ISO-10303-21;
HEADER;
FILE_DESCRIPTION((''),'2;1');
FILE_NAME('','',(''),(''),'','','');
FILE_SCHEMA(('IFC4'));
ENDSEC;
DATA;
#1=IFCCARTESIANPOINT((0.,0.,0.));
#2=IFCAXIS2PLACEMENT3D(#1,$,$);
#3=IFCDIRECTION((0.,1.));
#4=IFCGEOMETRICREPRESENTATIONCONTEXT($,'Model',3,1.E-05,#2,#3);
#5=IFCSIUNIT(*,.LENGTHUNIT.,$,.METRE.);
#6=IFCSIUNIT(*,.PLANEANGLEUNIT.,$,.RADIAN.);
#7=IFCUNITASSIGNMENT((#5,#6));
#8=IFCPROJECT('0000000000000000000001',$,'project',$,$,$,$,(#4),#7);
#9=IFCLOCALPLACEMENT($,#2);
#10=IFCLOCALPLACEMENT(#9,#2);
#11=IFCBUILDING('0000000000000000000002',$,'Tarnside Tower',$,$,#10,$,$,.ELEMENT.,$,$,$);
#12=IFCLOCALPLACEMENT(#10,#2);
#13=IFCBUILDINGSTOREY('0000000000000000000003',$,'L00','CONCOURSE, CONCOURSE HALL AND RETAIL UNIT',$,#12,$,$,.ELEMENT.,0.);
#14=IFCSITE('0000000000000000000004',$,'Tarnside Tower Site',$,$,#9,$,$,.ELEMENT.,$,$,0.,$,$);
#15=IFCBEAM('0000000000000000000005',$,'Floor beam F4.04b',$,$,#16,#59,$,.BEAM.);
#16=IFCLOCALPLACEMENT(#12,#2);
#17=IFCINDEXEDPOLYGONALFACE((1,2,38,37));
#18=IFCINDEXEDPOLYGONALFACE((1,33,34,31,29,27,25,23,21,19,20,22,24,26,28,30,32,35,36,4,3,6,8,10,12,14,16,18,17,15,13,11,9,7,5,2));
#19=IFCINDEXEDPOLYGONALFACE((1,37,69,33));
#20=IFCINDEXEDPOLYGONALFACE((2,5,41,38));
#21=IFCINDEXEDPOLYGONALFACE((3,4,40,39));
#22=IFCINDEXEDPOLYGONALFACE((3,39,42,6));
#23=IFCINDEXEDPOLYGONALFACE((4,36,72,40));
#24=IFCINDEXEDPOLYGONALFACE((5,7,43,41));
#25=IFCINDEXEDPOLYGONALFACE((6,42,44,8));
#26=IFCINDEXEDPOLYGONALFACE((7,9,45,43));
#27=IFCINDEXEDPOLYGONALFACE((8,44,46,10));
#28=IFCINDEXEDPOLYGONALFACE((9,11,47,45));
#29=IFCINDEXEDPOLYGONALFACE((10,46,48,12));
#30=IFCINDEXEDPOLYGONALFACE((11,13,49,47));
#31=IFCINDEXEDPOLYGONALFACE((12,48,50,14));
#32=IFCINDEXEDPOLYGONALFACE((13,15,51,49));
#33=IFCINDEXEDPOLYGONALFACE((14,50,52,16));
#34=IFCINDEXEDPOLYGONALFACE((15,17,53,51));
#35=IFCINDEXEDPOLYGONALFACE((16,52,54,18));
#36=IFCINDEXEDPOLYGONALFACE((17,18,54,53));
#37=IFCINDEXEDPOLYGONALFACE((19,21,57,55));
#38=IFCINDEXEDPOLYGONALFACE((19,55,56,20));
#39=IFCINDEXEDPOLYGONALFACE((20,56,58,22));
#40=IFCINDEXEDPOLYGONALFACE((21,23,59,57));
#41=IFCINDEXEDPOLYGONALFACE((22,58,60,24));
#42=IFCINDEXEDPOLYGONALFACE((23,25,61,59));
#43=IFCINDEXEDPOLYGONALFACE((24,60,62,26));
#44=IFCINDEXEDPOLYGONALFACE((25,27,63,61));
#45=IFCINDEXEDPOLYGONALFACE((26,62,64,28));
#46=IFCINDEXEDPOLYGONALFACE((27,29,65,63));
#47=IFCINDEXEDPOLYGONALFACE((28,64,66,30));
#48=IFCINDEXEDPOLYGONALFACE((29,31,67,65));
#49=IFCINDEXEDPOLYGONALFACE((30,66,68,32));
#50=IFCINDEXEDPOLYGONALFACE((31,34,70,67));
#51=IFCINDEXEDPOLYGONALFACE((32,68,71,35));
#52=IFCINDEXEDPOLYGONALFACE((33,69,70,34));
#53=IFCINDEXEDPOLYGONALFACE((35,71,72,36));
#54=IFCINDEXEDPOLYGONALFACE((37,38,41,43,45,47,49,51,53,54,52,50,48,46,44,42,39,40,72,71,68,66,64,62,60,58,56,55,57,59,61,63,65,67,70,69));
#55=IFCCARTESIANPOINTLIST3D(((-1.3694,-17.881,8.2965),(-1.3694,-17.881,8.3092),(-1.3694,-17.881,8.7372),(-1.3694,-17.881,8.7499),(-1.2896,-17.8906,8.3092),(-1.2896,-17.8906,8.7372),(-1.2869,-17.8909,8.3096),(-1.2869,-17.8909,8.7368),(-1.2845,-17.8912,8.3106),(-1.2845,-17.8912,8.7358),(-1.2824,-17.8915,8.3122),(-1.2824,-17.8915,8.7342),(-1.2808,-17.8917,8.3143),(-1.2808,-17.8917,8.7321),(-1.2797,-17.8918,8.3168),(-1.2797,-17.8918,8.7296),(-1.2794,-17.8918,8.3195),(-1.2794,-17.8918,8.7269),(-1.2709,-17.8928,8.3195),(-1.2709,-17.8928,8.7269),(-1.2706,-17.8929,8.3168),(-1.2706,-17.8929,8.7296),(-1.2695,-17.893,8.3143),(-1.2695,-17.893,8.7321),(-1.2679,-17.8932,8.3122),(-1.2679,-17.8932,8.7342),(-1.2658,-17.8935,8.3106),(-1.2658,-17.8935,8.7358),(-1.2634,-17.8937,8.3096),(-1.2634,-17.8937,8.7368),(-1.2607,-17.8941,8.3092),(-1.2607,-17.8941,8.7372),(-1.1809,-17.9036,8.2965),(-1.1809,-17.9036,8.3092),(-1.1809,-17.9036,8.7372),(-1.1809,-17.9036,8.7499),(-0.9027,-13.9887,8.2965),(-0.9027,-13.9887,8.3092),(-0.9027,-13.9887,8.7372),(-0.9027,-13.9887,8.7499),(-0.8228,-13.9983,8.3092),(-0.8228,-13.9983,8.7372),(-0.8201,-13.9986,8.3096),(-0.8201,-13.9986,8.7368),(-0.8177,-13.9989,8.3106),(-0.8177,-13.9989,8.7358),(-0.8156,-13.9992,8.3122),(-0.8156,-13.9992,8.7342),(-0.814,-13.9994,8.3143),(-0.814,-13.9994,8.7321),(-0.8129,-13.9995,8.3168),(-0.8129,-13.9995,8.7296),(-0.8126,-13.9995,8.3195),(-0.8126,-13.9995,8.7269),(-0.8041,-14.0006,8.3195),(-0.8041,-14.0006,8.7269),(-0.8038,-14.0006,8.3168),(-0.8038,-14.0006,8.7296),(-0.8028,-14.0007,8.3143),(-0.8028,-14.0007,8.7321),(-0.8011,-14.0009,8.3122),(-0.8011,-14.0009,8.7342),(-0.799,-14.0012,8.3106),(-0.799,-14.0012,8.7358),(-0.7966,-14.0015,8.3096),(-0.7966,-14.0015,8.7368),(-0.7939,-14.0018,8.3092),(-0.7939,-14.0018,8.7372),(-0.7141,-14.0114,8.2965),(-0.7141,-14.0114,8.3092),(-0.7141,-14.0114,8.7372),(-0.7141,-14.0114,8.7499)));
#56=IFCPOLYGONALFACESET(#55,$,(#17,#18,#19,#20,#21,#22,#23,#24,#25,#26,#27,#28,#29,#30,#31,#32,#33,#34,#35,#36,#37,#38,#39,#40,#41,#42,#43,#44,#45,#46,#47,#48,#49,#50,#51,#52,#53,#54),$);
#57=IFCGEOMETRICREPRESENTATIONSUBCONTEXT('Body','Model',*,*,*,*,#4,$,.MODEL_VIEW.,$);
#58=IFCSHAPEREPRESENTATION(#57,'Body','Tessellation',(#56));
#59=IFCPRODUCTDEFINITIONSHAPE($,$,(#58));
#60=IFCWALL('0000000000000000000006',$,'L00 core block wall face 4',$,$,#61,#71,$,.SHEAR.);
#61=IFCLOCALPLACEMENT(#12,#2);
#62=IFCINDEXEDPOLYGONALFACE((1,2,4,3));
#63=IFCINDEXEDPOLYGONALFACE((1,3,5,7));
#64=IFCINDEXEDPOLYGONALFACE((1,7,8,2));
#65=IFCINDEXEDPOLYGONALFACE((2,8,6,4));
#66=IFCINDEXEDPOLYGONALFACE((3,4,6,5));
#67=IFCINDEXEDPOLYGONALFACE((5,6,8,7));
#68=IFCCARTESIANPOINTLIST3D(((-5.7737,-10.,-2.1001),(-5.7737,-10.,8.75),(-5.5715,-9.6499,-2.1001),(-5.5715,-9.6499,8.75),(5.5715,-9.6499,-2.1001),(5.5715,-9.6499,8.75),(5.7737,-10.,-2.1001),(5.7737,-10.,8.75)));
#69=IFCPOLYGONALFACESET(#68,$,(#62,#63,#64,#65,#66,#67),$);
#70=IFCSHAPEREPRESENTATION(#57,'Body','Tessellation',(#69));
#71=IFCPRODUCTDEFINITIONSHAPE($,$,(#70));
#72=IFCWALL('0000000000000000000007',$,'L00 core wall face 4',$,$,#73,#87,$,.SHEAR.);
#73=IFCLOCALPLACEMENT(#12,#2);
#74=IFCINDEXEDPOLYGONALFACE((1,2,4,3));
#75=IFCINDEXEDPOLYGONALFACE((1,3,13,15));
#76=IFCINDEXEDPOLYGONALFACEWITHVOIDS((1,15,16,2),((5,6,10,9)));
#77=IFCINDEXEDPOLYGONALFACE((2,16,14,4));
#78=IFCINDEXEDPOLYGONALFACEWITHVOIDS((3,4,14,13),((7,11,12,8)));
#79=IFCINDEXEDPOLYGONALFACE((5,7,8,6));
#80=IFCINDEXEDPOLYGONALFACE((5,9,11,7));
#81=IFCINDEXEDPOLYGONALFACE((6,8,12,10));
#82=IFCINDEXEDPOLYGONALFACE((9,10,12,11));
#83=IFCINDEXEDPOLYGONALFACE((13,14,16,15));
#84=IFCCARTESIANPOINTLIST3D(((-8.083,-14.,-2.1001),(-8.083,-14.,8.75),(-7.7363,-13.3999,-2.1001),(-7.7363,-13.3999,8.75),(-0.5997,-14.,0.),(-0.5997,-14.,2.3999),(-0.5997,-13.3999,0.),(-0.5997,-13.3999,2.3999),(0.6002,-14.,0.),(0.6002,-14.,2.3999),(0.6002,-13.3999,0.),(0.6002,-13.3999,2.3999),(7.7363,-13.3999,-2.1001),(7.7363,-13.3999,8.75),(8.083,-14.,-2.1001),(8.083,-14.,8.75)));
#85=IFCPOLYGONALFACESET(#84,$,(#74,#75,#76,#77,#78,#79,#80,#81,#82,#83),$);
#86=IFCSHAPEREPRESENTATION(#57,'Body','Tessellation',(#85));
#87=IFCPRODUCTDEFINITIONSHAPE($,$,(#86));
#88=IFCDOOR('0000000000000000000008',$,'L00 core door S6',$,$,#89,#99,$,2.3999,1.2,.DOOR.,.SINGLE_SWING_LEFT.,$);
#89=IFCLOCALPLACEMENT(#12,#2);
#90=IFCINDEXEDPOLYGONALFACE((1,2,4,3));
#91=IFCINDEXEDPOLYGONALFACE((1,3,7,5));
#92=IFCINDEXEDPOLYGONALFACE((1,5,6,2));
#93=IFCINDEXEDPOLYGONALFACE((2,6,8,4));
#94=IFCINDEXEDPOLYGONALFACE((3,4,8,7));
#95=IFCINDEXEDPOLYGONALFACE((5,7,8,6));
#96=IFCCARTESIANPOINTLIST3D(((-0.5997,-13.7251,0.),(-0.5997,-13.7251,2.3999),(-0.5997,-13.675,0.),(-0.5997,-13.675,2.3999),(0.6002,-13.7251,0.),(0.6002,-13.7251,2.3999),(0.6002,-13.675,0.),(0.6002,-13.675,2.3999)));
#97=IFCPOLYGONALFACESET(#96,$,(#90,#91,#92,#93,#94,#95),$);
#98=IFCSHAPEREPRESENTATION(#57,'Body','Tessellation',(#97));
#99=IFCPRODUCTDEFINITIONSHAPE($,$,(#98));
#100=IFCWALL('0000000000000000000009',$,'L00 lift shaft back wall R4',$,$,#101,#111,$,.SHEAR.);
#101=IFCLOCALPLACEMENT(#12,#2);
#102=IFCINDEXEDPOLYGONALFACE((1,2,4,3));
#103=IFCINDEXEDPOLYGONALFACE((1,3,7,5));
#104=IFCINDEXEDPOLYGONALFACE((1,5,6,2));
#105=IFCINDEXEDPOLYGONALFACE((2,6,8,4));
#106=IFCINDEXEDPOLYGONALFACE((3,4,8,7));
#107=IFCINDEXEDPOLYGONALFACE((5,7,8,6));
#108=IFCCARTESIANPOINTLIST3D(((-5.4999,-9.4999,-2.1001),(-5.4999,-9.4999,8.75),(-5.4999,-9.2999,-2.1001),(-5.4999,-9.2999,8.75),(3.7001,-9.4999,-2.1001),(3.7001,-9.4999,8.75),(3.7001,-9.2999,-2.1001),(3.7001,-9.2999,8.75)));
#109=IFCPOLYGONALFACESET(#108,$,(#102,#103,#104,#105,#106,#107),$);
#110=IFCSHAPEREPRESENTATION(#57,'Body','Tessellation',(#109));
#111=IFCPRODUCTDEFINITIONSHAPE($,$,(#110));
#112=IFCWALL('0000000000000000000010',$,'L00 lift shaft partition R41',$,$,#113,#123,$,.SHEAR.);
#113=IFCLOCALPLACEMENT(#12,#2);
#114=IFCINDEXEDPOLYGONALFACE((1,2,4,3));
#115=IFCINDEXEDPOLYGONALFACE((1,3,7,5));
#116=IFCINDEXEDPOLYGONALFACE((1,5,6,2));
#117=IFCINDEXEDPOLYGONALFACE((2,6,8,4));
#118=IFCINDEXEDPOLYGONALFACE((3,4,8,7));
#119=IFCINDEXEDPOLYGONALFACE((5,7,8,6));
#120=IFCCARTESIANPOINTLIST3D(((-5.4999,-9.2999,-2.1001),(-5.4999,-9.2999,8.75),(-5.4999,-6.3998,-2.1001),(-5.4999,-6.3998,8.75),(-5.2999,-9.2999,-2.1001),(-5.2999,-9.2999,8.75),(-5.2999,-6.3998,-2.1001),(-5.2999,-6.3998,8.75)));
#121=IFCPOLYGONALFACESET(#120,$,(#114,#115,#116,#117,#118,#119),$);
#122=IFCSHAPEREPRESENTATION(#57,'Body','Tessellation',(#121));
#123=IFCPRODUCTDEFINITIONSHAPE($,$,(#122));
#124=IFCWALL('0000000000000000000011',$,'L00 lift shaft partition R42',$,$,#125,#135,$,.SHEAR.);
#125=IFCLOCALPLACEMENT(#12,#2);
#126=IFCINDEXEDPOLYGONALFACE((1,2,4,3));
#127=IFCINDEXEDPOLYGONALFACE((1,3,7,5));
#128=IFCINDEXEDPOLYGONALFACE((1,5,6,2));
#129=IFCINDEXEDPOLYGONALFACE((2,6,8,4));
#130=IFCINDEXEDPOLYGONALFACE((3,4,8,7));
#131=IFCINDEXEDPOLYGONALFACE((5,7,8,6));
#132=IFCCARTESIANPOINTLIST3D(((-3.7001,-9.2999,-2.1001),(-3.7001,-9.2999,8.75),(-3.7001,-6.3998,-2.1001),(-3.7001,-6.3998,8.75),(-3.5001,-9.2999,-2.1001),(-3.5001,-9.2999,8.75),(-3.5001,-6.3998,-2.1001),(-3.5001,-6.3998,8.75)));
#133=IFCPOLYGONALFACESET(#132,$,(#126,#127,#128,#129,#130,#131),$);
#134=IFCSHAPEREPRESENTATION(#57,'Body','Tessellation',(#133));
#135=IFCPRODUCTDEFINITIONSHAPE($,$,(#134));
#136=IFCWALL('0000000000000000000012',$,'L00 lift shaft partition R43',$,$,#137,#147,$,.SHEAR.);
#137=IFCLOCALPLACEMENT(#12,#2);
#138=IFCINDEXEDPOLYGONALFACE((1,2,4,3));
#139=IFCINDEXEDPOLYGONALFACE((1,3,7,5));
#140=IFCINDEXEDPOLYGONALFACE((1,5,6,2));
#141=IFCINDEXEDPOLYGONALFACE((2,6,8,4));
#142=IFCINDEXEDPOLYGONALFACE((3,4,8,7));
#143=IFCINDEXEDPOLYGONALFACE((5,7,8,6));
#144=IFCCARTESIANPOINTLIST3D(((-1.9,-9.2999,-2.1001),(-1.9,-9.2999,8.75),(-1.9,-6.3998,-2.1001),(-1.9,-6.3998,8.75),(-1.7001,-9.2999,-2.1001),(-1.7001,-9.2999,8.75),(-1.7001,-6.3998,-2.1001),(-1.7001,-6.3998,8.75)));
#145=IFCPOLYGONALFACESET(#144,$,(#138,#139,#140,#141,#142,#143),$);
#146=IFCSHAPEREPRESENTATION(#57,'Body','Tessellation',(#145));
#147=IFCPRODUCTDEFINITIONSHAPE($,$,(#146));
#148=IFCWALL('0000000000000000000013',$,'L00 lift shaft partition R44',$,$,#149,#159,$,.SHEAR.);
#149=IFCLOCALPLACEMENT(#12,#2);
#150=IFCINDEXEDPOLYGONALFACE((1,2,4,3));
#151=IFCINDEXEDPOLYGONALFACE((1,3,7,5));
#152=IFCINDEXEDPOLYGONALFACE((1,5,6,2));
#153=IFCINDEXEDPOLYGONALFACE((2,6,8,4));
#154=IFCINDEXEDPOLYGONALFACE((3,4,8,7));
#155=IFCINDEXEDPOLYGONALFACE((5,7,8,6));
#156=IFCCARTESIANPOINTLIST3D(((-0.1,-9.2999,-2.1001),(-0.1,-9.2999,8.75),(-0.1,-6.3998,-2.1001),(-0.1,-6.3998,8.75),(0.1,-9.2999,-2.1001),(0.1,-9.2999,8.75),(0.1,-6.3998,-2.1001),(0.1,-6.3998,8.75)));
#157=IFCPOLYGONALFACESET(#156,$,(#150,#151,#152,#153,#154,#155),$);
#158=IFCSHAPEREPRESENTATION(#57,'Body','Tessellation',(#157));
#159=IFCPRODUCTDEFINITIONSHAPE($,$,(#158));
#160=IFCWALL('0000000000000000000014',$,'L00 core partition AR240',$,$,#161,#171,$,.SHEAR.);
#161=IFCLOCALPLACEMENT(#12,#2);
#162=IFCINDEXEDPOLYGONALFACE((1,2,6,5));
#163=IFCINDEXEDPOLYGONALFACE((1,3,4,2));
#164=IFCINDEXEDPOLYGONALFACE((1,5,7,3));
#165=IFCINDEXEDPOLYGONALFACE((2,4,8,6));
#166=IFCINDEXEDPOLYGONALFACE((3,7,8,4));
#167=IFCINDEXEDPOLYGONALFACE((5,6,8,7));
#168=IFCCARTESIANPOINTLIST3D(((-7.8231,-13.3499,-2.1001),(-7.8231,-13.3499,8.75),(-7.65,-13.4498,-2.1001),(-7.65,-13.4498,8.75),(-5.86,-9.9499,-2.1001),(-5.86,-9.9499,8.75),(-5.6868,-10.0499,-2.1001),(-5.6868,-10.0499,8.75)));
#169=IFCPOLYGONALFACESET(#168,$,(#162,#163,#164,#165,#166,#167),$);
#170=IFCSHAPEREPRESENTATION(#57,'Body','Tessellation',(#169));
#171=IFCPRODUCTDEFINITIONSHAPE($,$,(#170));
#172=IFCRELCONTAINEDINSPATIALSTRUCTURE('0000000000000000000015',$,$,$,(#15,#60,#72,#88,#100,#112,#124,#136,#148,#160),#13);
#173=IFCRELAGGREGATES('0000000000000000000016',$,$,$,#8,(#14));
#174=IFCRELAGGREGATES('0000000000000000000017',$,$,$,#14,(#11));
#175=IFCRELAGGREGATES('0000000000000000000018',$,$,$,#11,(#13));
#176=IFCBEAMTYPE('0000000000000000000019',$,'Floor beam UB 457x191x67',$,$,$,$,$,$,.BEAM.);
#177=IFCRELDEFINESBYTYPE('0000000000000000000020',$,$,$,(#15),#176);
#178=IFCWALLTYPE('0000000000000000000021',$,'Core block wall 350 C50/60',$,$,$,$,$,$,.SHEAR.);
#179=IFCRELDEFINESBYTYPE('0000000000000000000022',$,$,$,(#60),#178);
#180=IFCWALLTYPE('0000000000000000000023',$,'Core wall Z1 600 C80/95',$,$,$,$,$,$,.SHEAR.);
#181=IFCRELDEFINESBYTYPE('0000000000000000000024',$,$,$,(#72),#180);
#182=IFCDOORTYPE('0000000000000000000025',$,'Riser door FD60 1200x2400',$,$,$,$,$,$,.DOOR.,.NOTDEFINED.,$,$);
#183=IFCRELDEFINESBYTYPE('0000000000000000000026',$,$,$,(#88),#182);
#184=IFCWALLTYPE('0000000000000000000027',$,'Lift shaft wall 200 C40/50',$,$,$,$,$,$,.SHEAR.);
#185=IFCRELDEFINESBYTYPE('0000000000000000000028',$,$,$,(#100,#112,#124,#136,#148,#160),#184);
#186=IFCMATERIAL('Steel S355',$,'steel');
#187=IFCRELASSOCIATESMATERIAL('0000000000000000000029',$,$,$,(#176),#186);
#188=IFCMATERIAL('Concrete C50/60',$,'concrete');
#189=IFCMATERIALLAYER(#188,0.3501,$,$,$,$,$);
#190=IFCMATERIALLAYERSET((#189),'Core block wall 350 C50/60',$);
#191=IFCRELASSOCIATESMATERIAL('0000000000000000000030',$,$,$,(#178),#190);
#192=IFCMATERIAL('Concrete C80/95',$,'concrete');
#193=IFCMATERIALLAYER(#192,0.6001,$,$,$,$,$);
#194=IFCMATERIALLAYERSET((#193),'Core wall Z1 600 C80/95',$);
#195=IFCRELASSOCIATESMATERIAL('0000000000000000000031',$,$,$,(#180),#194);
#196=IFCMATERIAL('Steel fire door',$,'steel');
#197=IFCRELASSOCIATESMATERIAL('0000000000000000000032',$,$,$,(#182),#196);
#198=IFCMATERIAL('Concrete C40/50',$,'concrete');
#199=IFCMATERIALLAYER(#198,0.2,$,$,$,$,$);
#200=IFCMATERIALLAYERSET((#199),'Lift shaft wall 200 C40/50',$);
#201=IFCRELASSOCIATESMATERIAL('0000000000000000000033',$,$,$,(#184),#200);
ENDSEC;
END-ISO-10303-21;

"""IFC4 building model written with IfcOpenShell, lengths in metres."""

from ifc_helpers import new_model, si_unit, direction, frame, frame_2d, origin, origin_2d, place, context, subcontext, project, spatial, polyline, rectangle, i_section, outline, extrude, material, layer, layer_set, material_profile, profile_set, type_object, element, fill, save


model = new_model("IFC4")

# Units and contexts
model_context = context("Model", 3, precision=1e-05, world=origin(), true_north=direction((0.0, 1.0)))
body_context = subcontext(model_context, "Body", "Model", "MODEL_VIEW")
ifc_project = project(units=[si_unit("LENGTHUNIT", "METRE"), si_unit("PLANEANGLEUNIT", "RADIAN")], contexts=[model_context])

# Site, building, storey
site_placement = place(None, origin())
site = spatial("IfcSite", under=ifc_project, at=site_placement, Name="Tarnside Tower Site", CompositionType="ELEMENT", RefElevation=0.0)
building_placement = place(site_placement, origin())
building = spatial("IfcBuilding", under=site, at=building_placement, Name="Tarnside Tower", CompositionType="ELEMENT")
storey_placement = place(building_placement, origin())
storey = spatial("IfcBuildingStorey", under=building, at=storey_placement, Name="L00", Description="CONCOURSE, CONCOURSE HALL AND RETAIL UNIT", CompositionType="ELEMENT", Elevation=0.0)

# Beam
ifc_material_1 = material(Name="Steel S355", Category="steel")
ifc_material_profile_1 = material_profile(ifc_material_1, i_section(OverallWidth=0.1899, OverallDepth=0.4534, WebThickness=0.0085, FlangeThickness=0.0127, FilletRadius=0.0103, at=origin_2d()), Name="UB 457x191x67")
ifc_profile_set_1 = profile_set([ifc_material_profile_1], Name="Steel S355")
beam_type = type_object("IfcBeamType", Name="Floor beam UB 457x191x67", PredefinedType="BEAM", material=ifc_profile_set_1)
beam_1_placement = place(storey_placement, frame((-1.2751, -17.8923, 8.5232), z_axis=(0.119074, 0.992885, 0.0), x_axis=(-0.992885, 0.119074, 0.0)))
element("IfcBeam", 1, at=beam_1_placement, inside=storey, type_object=beam_type, Name="Floor beam F4.04b", PredefinedType="BEAM", context=body_context, shape_type="SweptSolid", body=[
    extrude(i_section(OverallWidth=0.1899, OverallDepth=0.4534, WebThickness=0.0085, FlangeThickness=0.0127, FilletRadius=0.0103, at=origin_2d()), origin(), (0.0, 0.0, 1.0), 3.9202),
])

# Wall
ifc_material_2 = material(Name="Concrete C50/60", Category="concrete")
ifc_layer_1 = layer(ifc_material_2, 0.3501)
ifc_layer_set_1 = layer_set([ifc_layer_1], Name="Core block wall 350 C50/60")
wall_type_1 = type_object("IfcWallType", Name="Core block wall 350 C50/60", PredefinedType="SHEAR", material=ifc_layer_set_1)
wall_1_placement = place(storey_placement, frame((-5.6726, -9.825, -2.1001), z_axis=(0.0, 0.0, 1.0), x_axis=(1.0, 0.0, 0.0)))
element("IfcWall", 2, at=wall_1_placement, inside=storey, type_object=wall_type_1, Name="L00 core block wall face 4", PredefinedType="SHEAR", context=body_context, shape_type="SweptSolid", body=[
    extrude(outline(polyline([(-0.1011, -0.175), (11.4463, -0.175), (11.2441, 0.175), (0.1011, 0.175), (-0.1011, -0.175)])), origin(), (0.0, 0.0, 1.0), 10.8501),
])

# Wall, opening, door
ifc_material_3 = material(Name="Concrete C80/95", Category="concrete")
ifc_layer_2 = layer(ifc_material_3, 0.6001)
ifc_layer_set_2 = layer_set([ifc_layer_2], Name="Core wall Z1 600 C80/95")
wall_type_2 = type_object("IfcWallType", Name="Core wall Z1 600 C80/95", PredefinedType="SHEAR", material=ifc_layer_set_2)
wall_2_placement = place(storey_placement, frame((-7.9097, -13.7, -2.1001), z_axis=(0.0, 0.0, 1.0), x_axis=(1.0, 0.0, 0.0)))
wall_2 = element("IfcWall", 3, at=wall_2_placement, inside=storey, type_object=wall_type_2, Name="L00 core wall face 4", PredefinedType="SHEAR", context=body_context, shape_type="SweptSolid", body=[
    extrude(outline(polyline([(-0.1733, -0.3), (15.9927, -0.3), (15.646, 0.3), (0.1733, 0.3), (-0.1733, -0.3)])), origin(), (0.0, 0.0, 1.0), 10.8501),
])
opening_1_placement = place(wall_2_placement, frame((7.3098, 0.0, 2.1001)))
opening_1 = element("IfcOpeningElement", 4, at=opening_1_placement, cuts=wall_2, PredefinedType="OPENING", context=body_context, shape_type="SweptSolid", body=[
    extrude(rectangle(XDim=1.2, YDim=2.3999, at=frame_2d((0.6001, 1.2))), frame((0.0, 0.3101, 0.0), z_axis=(0.0, -1.0, 0.0), x_axis=(1.0, 0.0, 0.0)), (0.0, 0.0, 1.0), 0.6201),
])
ifc_material_4 = material(Name="Steel fire door", Category="steel")
door_type_1 = type_object("IfcDoorType", Name="Riser door FD60 1200x2400", OperationType="NOTDEFINED", PredefinedType="DOOR", material=ifc_material_4)
door_1_placement = place(opening_1_placement, origin())
door_1 = element("IfcDoor", 5, at=door_1_placement, inside=storey, type_object=door_type_1, Name="L00 core door S6", OperationType="SINGLE_SWING_LEFT", OverallHeight=2.3999, OverallWidth=1.2, PredefinedType="DOOR", context=body_context, shape_type="SweptSolid", body=[
    extrude(rectangle(XDim=1.2, YDim=2.3999, at=frame_2d((0.6001, 1.2))), frame((0.0, 0.0249, 0.0), z_axis=(0.0, -1.0, 0.0), x_axis=(1.0, 0.0, 0.0)), (0.0, 0.0, 1.0), 0.05),
])
fill(opening_1, door_1)

# Walls
ifc_material_5 = material(Name="Concrete C40/50", Category="concrete")
ifc_layer_3 = layer(ifc_material_5, 0.2)
ifc_layer_set_3 = layer_set([ifc_layer_3], Name="Lift shaft wall 200 C40/50")
wall_type_3 = type_object("IfcWallType", Name="Lift shaft wall 200 C40/50", PredefinedType="SHEAR", material=ifc_layer_set_3)
wall_3_placement = place(storey_placement, frame((-5.5, -9.3999, -2.1001), z_axis=(0.0, 0.0, 1.0), x_axis=(1.0, 0.0, 0.0)))
element("IfcWall", 6, at=wall_3_placement, inside=storey, type_object=wall_type_3, Name="L00 lift shaft back wall R4", PredefinedType="SHEAR", context=body_context, shape_type="SweptSolid", body=[
    extrude(rectangle(XDim=9.2, YDim=0.2, at=frame_2d((4.6001, 0.0))), origin(), (0.0, 0.0, 1.0), 10.8501),
])
for number, where, z_axis, x_axis, name in (
    (7, (-5.3999, -9.3, -2.1001), (0.0, 0.0, 1.0), (0.0, 1.0, 0.0), "L00 lift shaft partition R41"),
    (8, (-3.6001, -9.3, -2.1001), (0.0, 0.0, 1.0), (0.0, 1.0, 0.0), "L00 lift shaft partition R42"),
    (9, (-1.8, -9.3, -2.1001), (0.0, 0.0, 1.0), (0.0, 1.0, 0.0), "L00 lift shaft partition R43"),
    (10, (0.0, -9.3, -2.1001), (0.0, 0.0, 1.0), (0.0, 1.0, 0.0), "L00 lift shaft partition R44"),
):
    element("IfcWall", number, at=place(storey_placement, frame(where, z_axis=z_axis, x_axis=x_axis)), inside=storey, type_object=wall_type_3, Name=name, PredefinedType="SHEAR", context=body_context, shape_type="SweptSolid", body=[
        extrude(rectangle(XDim=2.9001, YDim=0.2, at=frame_2d((1.4502, 0.0))), origin(), (0.0, 0.0, 1.0), 10.8501),
    ])
wall_4_placement = place(storey_placement, frame((-5.7734, -10.0, -2.1001), z_axis=(0.0, 0.0, 1.0), x_axis=(-0.500038, -0.866003, 0.0)))
element("IfcWall", 11, at=wall_4_placement, inside=storey, type_object=wall_type_3, Name="L00 core partition AR240", PredefinedType="SHEAR", context=body_context, shape_type="SweptSolid", body=[
    extrude(rectangle(XDim=3.926, YDim=0.2, at=frame_2d((1.9629, 0.0))), origin(), (0.0, 0.0, 1.0), 10.8501),
])

save(model, "model.ifc")
